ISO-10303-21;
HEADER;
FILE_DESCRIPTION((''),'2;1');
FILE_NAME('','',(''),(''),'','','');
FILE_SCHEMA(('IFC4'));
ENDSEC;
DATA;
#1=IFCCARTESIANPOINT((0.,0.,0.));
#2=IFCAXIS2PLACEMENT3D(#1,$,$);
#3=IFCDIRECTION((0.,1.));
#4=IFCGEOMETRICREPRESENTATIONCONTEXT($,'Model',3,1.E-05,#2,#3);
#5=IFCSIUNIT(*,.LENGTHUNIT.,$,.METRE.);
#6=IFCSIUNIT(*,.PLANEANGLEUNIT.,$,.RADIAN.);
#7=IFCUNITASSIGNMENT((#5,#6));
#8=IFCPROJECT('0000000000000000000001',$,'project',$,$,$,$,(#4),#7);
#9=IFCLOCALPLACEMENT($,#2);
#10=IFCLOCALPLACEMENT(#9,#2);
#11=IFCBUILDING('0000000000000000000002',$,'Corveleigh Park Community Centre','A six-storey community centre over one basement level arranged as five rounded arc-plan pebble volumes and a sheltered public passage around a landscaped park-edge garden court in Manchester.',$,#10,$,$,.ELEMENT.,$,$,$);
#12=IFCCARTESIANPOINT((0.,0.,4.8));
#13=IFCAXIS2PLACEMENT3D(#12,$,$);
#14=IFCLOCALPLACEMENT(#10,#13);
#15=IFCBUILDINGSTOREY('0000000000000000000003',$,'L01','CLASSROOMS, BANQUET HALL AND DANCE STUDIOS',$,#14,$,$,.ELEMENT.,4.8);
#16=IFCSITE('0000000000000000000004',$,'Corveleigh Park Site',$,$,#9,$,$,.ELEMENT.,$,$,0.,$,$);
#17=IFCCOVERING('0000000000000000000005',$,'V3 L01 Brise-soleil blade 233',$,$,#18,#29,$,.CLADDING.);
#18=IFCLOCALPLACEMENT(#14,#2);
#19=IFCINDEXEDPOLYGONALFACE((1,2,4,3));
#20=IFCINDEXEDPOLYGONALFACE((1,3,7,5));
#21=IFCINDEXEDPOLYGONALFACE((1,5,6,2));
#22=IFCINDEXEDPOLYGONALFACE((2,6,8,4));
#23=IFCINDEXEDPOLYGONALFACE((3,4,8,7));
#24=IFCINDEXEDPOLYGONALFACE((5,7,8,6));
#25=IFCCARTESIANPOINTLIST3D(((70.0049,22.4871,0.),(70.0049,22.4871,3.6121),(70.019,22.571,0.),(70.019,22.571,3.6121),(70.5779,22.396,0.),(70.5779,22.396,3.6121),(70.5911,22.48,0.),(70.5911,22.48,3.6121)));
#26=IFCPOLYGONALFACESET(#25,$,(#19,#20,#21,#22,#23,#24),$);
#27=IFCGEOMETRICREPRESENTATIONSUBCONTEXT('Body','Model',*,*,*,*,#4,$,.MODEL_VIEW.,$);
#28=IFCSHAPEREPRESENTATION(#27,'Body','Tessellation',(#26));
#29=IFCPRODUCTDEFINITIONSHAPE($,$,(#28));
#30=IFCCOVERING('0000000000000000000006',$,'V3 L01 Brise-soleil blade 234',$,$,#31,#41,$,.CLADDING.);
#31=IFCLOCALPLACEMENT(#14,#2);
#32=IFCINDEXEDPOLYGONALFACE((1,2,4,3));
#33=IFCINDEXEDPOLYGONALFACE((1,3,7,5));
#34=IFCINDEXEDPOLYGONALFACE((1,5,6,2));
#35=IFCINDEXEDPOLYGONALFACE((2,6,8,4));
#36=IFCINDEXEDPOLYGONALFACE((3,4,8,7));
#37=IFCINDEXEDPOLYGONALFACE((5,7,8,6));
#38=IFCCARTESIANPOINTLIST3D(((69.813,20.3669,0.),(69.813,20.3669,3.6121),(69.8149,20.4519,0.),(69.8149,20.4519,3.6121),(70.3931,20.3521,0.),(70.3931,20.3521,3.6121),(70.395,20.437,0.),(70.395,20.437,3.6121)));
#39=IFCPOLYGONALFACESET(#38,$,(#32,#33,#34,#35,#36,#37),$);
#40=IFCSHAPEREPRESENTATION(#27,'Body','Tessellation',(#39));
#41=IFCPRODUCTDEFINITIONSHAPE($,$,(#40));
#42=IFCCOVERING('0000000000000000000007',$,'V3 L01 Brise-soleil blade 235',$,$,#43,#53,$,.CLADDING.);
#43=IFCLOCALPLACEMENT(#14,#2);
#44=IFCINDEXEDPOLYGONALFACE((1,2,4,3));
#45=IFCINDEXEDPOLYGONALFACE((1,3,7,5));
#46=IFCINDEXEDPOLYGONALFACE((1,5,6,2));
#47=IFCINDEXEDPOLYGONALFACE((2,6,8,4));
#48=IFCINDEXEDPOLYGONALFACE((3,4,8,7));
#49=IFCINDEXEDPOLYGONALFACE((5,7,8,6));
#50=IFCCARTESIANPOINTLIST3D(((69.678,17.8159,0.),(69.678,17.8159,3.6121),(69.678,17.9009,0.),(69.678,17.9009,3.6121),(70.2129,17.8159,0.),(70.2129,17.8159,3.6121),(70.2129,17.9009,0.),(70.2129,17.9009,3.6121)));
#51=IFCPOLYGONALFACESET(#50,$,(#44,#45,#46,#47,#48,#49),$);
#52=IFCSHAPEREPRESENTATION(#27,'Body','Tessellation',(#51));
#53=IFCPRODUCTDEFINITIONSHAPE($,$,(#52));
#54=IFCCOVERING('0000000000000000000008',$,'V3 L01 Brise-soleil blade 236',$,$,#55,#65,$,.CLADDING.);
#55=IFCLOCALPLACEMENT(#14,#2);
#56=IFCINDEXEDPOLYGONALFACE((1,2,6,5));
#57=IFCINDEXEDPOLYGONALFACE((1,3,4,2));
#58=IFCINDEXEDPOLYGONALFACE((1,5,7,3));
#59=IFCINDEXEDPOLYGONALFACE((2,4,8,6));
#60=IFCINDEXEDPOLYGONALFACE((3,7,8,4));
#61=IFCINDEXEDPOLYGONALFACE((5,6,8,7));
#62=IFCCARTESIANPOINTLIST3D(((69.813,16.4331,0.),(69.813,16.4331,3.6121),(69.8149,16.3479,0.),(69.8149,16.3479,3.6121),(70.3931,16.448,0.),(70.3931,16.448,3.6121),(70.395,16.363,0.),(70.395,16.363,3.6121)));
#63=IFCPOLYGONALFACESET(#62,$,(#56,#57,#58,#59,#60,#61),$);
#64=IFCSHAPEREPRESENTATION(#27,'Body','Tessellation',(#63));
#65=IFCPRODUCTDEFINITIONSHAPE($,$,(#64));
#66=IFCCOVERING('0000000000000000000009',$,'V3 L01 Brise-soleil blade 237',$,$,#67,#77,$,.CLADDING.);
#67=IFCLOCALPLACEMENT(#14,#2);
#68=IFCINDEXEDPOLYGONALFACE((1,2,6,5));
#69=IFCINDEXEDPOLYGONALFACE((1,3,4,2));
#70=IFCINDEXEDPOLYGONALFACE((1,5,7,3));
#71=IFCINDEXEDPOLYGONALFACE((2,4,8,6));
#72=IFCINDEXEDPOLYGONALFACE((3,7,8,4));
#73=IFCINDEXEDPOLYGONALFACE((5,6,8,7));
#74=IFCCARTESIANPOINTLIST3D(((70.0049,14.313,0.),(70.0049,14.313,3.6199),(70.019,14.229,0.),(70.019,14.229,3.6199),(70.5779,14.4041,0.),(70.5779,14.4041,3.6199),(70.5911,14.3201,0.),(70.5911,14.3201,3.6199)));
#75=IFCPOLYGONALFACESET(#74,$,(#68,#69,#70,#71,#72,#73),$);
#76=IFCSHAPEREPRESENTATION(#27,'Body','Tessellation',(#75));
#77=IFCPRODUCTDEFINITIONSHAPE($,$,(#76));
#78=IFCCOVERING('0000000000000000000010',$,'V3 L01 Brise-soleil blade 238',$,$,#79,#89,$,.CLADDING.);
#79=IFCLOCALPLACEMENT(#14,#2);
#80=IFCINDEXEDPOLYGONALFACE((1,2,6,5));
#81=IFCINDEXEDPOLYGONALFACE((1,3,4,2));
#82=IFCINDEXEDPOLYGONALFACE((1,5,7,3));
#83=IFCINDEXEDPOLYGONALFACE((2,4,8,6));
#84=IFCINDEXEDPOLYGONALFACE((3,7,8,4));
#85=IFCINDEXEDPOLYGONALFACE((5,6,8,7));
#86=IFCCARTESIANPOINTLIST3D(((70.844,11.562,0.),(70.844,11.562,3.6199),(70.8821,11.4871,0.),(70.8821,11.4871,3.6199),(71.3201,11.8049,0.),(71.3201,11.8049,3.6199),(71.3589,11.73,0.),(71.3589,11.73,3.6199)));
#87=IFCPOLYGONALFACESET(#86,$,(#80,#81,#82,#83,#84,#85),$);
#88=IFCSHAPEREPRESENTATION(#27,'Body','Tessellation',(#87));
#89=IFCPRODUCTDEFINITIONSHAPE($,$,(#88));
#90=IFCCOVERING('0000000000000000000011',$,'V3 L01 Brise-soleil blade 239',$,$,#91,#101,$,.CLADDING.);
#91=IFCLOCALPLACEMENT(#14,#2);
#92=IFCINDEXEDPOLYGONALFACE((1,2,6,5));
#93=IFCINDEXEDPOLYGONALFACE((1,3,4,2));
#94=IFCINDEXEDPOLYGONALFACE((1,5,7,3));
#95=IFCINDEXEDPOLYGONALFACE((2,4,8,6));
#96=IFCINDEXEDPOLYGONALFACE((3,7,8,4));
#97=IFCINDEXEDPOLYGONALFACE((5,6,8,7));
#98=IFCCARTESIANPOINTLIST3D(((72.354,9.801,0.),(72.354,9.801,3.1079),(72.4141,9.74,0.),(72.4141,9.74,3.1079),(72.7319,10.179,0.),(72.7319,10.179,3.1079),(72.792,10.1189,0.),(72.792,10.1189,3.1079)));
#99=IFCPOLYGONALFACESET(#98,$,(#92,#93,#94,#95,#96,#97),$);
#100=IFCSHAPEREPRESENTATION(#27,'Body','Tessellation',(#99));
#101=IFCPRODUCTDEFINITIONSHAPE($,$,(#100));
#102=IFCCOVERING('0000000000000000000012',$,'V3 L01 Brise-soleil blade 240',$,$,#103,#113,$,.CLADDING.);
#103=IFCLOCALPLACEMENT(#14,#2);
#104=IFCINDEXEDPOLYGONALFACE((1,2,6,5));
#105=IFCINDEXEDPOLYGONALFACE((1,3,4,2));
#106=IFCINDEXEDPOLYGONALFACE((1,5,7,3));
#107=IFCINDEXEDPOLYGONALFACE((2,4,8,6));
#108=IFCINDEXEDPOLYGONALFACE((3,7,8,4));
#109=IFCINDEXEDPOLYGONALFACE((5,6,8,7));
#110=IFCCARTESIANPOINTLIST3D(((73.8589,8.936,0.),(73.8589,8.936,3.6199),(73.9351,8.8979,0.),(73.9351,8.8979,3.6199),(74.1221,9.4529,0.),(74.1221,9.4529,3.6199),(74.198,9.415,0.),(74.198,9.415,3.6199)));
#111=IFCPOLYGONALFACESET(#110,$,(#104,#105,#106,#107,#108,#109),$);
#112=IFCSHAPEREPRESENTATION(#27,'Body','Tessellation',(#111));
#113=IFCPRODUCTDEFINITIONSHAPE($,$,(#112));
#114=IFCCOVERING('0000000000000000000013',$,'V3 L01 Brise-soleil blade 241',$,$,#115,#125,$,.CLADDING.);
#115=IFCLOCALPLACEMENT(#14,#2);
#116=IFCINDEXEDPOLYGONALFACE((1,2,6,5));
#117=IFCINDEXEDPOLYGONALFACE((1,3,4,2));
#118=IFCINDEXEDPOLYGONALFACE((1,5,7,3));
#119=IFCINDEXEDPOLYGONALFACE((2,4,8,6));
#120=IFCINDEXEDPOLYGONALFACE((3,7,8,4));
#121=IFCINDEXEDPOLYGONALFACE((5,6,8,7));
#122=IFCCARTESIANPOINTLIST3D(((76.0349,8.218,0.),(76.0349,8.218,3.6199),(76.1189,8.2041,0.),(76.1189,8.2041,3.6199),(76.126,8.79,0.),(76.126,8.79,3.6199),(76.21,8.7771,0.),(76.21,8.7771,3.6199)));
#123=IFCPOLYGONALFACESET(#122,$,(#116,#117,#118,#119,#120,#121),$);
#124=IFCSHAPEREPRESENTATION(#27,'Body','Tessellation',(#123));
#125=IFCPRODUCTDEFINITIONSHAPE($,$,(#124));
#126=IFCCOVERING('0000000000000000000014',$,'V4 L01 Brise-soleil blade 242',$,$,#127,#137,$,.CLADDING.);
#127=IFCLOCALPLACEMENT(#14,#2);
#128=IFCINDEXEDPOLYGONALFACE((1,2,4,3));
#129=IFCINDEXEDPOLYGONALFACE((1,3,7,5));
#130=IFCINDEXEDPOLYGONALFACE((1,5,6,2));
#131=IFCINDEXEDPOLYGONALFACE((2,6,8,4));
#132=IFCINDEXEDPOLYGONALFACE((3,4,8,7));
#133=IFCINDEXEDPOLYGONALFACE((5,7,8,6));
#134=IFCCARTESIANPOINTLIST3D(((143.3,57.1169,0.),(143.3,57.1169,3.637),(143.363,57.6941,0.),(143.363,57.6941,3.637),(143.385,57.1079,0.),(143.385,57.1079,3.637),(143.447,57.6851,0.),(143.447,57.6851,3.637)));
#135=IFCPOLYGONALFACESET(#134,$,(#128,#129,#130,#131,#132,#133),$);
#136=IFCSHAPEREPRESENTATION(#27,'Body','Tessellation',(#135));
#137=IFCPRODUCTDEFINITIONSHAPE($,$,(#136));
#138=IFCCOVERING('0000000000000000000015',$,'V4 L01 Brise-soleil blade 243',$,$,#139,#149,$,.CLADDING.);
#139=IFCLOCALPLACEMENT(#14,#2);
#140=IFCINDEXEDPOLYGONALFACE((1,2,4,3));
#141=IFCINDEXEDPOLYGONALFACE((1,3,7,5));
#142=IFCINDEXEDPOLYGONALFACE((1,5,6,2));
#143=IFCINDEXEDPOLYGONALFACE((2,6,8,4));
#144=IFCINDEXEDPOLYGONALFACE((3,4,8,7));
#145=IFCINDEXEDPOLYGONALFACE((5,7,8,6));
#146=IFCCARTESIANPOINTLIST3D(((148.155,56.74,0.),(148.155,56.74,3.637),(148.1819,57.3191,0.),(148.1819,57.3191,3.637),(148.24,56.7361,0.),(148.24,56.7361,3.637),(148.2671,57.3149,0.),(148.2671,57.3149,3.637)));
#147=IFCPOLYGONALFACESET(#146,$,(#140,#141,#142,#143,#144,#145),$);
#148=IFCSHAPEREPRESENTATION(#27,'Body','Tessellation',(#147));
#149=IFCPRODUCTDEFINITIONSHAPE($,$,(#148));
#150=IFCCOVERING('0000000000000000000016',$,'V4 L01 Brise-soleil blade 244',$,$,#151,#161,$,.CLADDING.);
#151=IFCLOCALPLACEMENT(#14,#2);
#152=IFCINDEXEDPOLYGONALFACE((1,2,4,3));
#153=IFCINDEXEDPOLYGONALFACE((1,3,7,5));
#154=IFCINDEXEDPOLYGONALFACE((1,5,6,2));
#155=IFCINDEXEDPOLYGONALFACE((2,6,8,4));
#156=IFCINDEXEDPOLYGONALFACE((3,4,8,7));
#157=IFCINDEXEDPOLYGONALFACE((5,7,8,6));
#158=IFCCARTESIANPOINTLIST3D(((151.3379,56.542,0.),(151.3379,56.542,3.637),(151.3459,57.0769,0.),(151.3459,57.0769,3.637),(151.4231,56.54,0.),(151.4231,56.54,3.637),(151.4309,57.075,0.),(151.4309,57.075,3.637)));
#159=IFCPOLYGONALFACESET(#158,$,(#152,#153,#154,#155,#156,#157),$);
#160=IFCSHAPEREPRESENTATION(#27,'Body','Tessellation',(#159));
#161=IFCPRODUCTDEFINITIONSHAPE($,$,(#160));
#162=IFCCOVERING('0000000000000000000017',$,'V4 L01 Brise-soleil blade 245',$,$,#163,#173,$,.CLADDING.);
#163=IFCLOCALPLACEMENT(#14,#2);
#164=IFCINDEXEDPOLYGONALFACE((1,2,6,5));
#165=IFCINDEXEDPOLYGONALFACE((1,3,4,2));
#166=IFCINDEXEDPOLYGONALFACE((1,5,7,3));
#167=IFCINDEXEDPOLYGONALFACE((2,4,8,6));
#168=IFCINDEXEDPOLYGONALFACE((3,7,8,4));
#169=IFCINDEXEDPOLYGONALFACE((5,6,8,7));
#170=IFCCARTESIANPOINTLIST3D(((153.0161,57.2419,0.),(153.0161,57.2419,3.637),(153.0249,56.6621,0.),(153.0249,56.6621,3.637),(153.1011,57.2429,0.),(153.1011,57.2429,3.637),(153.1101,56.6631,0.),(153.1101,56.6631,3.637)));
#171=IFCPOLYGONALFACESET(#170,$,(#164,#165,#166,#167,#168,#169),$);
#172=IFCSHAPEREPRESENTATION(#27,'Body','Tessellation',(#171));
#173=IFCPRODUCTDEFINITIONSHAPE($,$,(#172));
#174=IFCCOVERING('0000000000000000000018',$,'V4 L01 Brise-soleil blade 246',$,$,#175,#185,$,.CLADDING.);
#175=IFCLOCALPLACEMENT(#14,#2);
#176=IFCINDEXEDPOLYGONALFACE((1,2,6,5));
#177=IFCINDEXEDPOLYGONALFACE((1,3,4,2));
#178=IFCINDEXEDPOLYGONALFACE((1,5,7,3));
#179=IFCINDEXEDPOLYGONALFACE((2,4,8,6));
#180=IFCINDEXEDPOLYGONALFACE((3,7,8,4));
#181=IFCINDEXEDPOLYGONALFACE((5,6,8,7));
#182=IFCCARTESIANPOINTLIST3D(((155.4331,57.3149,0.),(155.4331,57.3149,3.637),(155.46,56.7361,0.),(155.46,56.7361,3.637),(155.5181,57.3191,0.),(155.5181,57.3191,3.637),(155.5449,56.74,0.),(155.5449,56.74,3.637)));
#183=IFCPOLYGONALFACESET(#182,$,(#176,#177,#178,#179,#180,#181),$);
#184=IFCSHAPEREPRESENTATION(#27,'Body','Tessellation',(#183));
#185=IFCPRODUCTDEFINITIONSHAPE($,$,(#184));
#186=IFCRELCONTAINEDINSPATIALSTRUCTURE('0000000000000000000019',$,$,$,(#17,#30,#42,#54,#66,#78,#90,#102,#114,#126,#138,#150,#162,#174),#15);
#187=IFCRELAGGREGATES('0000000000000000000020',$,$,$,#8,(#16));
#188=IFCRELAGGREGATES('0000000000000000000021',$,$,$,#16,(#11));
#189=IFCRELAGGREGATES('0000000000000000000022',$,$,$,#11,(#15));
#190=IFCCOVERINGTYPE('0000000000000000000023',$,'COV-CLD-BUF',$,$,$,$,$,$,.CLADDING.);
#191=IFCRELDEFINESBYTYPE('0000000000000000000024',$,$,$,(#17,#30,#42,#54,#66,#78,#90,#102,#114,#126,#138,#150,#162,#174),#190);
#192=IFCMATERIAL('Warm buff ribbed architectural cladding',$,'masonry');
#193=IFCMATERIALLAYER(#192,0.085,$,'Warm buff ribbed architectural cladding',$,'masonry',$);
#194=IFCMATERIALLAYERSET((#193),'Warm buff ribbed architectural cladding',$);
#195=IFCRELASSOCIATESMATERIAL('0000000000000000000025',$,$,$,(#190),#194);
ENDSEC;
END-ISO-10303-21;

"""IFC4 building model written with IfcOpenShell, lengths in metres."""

from ifc_helpers import new_model, si_unit, direction, frame, origin, place, context, subcontext, project, spatial, polyline, outline, extrude, material, layer, layer_set, type_object, element, save


model = new_model("IFC4")

# Units and contexts
model_context = context("Model", 3, precision=1e-05, world=origin(), true_north=direction((0.0, 1.0)))
body_context = subcontext(model_context, "Body", "Model", "MODEL_VIEW")
ifc_project = project(units=[si_unit("LENGTHUNIT", "METRE"), si_unit("PLANEANGLEUNIT", "RADIAN")], contexts=[model_context])

# Site, building, storey
site_placement = place(None, origin())
site = spatial("IfcSite", under=ifc_project, at=site_placement, Name="Corveleigh Park Site", CompositionType="ELEMENT", RefElevation=0.0)
building_placement = place(site_placement, origin())
building = spatial("IfcBuilding", under=site, at=building_placement, Name="Corveleigh Park Community Centre", Description="A six-storey community centre over one basement level arranged as five rounded arc-plan pebble volumes and a sheltered public passage around a landscaped park-edge garden court in Manchester.", CompositionType="ELEMENT")
storey_placement = place(building_placement, frame((0.0, 0.0, 4.8)))
storey = spatial("IfcBuildingStorey", under=building, at=storey_placement, Name="L01", Description="CLASSROOMS, BANQUET HALL AND DANCE STUDIOS", CompositionType="ELEMENT", Elevation=4.8)

# Coverings
ifc_material = material(Name="Warm buff ribbed architectural cladding", Category="masonry")
ifc_layer = layer(ifc_material, 0.085, Name="Warm buff ribbed architectural cladding", Category="masonry")
ifc_layer_set = layer_set([ifc_layer], Name="Warm buff ribbed architectural cladding")
covering_type = type_object("IfcCoveringType", Name="COV-CLD-BUF", PredefinedType="CLADDING", material=ifc_layer_set)
covering_1_placement = place(storey_placement, origin())
element("IfcCovering", 1, at=covering_1_placement, inside=storey, type_object=covering_type, Name="V3 L01 Brise-soleil blade 233", PredefinedType="CLADDING", context=body_context, shape_type="SweptSolid", body=[
    extrude(outline(polyline([(70.5779, 22.396), (70.5911, 22.48), (70.019, 22.571), (70.0049, 22.4871), (70.5779, 22.396)])), origin(), (0.0, 0.0, 1.0), 3.6121),
])
covering_2_placement = place(storey_placement, origin())
element("IfcCovering", 2, at=covering_2_placement, inside=storey, type_object=covering_type, Name="V3 L01 Brise-soleil blade 234", PredefinedType="CLADDING", context=body_context, shape_type="SweptSolid", body=[
    extrude(outline(polyline([(70.3931, 20.3521), (70.395, 20.437), (69.8149, 20.4519), (69.813, 20.3669), (70.3931, 20.3521)])), origin(), (0.0, 0.0, 1.0), 3.6121),
])
covering_3_placement = place(storey_placement, origin())
element("IfcCovering", 3, at=covering_3_placement, inside=storey, type_object=covering_type, Name="V3 L01 Brise-soleil blade 235", PredefinedType="CLADDING", context=body_context, shape_type="SweptSolid", body=[
    extrude(outline(polyline([(70.2129, 17.8159), (70.2129, 17.9009), (69.678, 17.9009), (69.678, 17.8159), (70.2129, 17.8159)])), origin(), (0.0, 0.0, 1.0), 3.6121),
])
covering_4_placement = place(storey_placement, origin())
element("IfcCovering", 4, at=covering_4_placement, inside=storey, type_object=covering_type, Name="V3 L01 Brise-soleil blade 236", PredefinedType="CLADDING", context=body_context, shape_type="SweptSolid", body=[
    extrude(outline(polyline([(70.395, 16.363), (70.3931, 16.448), (69.813, 16.4331), (69.8149, 16.3479), (70.395, 16.363)])), origin(), (0.0, 0.0, 1.0), 3.6121),
])
covering_5_placement = place(storey_placement, origin())
element("IfcCovering", 5, at=covering_5_placement, inside=storey, type_object=covering_type, Name="V3 L01 Brise-soleil blade 237", PredefinedType="CLADDING", context=body_context, shape_type="SweptSolid", body=[
    extrude(outline(polyline([(70.5911, 14.3201), (70.5779, 14.4041), (70.0049, 14.313), (70.019, 14.229), (70.5911, 14.3201)])), origin(), (0.0, 0.0, 1.0), 3.6199),
])
covering_6_placement = place(storey_placement, origin())
element("IfcCovering", 6, at=covering_6_placement, inside=storey, type_object=covering_type, Name="V3 L01 Brise-soleil blade 238", PredefinedType="CLADDING", context=body_context, shape_type="SweptSolid", body=[
    extrude(outline(polyline([(71.3589, 11.73), (71.3201, 11.8049), (70.844, 11.562), (70.8821, 11.4871), (71.3589, 11.73)])), origin(), (0.0, 0.0, 1.0), 3.6199),
])
covering_7_placement = place(storey_placement, origin())
element("IfcCovering", 7, at=covering_7_placement, inside=storey, type_object=covering_type, Name="V3 L01 Brise-soleil blade 239", PredefinedType="CLADDING", context=body_context, shape_type="SweptSolid", body=[
    extrude(outline(polyline([(72.792, 10.1189), (72.7319, 10.179), (72.354, 9.801), (72.4141, 9.74), (72.792, 10.1189)])), origin(), (0.0, 0.0, 1.0), 3.1079),
])
covering_8_placement = place(storey_placement, origin())
element("IfcCovering", 8, at=covering_8_placement, inside=storey, type_object=covering_type, Name="V3 L01 Brise-soleil blade 240", PredefinedType="CLADDING", context=body_context, shape_type="SweptSolid", body=[
    extrude(outline(polyline([(74.198, 9.415), (74.1221, 9.4529), (73.8589, 8.936), (73.9351, 8.8979), (74.198, 9.415)])), origin(), (0.0, 0.0, 1.0), 3.6199),
])
covering_9_placement = place(storey_placement, origin())
element("IfcCovering", 9, at=covering_9_placement, inside=storey, type_object=covering_type, Name="V3 L01 Brise-soleil blade 241", PredefinedType="CLADDING", context=body_context, shape_type="SweptSolid", body=[
    extrude(outline(polyline([(76.21, 8.7771), (76.126, 8.79), (76.0349, 8.218), (76.1189, 8.2041), (76.21, 8.7771)])), origin(), (0.0, 0.0, 1.0), 3.6199),
])
covering_10_placement = place(storey_placement, origin())
element("IfcCovering", 10, at=covering_10_placement, inside=storey, type_object=covering_type, Name="V4 L01 Brise-soleil blade 242", PredefinedType="CLADDING", context=body_context, shape_type="SweptSolid", body=[
    extrude(outline(polyline([(143.447, 57.6851), (143.363, 57.6941), (143.3, 57.1169), (143.385, 57.1079), (143.447, 57.6851)])), origin(), (0.0, 0.0, 1.0), 3.637),
])
covering_11_placement = place(storey_placement, origin())
element("IfcCovering", 11, at=covering_11_placement, inside=storey, type_object=covering_type, Name="V4 L01 Brise-soleil blade 243", PredefinedType="CLADDING", context=body_context, shape_type="SweptSolid", body=[
    extrude(outline(polyline([(148.2671, 57.3149), (148.1819, 57.3191), (148.155, 56.74), (148.24, 56.7361), (148.2671, 57.3149)])), origin(), (0.0, 0.0, 1.0), 3.637),
])
covering_12_placement = place(storey_placement, origin())
element("IfcCovering", 12, at=covering_12_placement, inside=storey, type_object=covering_type, Name="V4 L01 Brise-soleil blade 244", PredefinedType="CLADDING", context=body_context, shape_type="SweptSolid", body=[
    extrude(outline(polyline([(151.4309, 57.075), (151.3459, 57.0769), (151.3379, 56.542), (151.4231, 56.54), (151.4309, 57.075)])), origin(), (0.0, 0.0, 1.0), 3.637),
])
covering_13_placement = place(storey_placement, origin())
element("IfcCovering", 13, at=covering_13_placement, inside=storey, type_object=covering_type, Name="V4 L01 Brise-soleil blade 245", PredefinedType="CLADDING", context=body_context, shape_type="SweptSolid", body=[
    extrude(outline(polyline([(153.1011, 57.2429), (153.0161, 57.2419), (153.0249, 56.6621), (153.1101, 56.6631), (153.1011, 57.2429)])), origin(), (0.0, 0.0, 1.0), 3.637),
])
covering_14_placement = place(storey_placement, origin())
element("IfcCovering", 14, at=covering_14_placement, inside=storey, type_object=covering_type, Name="V4 L01 Brise-soleil blade 246", PredefinedType="CLADDING", context=body_context, shape_type="SweptSolid", body=[
    extrude(outline(polyline([(155.5181, 57.3191), (155.4331, 57.3149), (155.46, 56.7361), (155.5449, 56.74), (155.5181, 57.3191)])), origin(), (0.0, 0.0, 1.0), 3.637),
])

save(model, "model.ifc")
